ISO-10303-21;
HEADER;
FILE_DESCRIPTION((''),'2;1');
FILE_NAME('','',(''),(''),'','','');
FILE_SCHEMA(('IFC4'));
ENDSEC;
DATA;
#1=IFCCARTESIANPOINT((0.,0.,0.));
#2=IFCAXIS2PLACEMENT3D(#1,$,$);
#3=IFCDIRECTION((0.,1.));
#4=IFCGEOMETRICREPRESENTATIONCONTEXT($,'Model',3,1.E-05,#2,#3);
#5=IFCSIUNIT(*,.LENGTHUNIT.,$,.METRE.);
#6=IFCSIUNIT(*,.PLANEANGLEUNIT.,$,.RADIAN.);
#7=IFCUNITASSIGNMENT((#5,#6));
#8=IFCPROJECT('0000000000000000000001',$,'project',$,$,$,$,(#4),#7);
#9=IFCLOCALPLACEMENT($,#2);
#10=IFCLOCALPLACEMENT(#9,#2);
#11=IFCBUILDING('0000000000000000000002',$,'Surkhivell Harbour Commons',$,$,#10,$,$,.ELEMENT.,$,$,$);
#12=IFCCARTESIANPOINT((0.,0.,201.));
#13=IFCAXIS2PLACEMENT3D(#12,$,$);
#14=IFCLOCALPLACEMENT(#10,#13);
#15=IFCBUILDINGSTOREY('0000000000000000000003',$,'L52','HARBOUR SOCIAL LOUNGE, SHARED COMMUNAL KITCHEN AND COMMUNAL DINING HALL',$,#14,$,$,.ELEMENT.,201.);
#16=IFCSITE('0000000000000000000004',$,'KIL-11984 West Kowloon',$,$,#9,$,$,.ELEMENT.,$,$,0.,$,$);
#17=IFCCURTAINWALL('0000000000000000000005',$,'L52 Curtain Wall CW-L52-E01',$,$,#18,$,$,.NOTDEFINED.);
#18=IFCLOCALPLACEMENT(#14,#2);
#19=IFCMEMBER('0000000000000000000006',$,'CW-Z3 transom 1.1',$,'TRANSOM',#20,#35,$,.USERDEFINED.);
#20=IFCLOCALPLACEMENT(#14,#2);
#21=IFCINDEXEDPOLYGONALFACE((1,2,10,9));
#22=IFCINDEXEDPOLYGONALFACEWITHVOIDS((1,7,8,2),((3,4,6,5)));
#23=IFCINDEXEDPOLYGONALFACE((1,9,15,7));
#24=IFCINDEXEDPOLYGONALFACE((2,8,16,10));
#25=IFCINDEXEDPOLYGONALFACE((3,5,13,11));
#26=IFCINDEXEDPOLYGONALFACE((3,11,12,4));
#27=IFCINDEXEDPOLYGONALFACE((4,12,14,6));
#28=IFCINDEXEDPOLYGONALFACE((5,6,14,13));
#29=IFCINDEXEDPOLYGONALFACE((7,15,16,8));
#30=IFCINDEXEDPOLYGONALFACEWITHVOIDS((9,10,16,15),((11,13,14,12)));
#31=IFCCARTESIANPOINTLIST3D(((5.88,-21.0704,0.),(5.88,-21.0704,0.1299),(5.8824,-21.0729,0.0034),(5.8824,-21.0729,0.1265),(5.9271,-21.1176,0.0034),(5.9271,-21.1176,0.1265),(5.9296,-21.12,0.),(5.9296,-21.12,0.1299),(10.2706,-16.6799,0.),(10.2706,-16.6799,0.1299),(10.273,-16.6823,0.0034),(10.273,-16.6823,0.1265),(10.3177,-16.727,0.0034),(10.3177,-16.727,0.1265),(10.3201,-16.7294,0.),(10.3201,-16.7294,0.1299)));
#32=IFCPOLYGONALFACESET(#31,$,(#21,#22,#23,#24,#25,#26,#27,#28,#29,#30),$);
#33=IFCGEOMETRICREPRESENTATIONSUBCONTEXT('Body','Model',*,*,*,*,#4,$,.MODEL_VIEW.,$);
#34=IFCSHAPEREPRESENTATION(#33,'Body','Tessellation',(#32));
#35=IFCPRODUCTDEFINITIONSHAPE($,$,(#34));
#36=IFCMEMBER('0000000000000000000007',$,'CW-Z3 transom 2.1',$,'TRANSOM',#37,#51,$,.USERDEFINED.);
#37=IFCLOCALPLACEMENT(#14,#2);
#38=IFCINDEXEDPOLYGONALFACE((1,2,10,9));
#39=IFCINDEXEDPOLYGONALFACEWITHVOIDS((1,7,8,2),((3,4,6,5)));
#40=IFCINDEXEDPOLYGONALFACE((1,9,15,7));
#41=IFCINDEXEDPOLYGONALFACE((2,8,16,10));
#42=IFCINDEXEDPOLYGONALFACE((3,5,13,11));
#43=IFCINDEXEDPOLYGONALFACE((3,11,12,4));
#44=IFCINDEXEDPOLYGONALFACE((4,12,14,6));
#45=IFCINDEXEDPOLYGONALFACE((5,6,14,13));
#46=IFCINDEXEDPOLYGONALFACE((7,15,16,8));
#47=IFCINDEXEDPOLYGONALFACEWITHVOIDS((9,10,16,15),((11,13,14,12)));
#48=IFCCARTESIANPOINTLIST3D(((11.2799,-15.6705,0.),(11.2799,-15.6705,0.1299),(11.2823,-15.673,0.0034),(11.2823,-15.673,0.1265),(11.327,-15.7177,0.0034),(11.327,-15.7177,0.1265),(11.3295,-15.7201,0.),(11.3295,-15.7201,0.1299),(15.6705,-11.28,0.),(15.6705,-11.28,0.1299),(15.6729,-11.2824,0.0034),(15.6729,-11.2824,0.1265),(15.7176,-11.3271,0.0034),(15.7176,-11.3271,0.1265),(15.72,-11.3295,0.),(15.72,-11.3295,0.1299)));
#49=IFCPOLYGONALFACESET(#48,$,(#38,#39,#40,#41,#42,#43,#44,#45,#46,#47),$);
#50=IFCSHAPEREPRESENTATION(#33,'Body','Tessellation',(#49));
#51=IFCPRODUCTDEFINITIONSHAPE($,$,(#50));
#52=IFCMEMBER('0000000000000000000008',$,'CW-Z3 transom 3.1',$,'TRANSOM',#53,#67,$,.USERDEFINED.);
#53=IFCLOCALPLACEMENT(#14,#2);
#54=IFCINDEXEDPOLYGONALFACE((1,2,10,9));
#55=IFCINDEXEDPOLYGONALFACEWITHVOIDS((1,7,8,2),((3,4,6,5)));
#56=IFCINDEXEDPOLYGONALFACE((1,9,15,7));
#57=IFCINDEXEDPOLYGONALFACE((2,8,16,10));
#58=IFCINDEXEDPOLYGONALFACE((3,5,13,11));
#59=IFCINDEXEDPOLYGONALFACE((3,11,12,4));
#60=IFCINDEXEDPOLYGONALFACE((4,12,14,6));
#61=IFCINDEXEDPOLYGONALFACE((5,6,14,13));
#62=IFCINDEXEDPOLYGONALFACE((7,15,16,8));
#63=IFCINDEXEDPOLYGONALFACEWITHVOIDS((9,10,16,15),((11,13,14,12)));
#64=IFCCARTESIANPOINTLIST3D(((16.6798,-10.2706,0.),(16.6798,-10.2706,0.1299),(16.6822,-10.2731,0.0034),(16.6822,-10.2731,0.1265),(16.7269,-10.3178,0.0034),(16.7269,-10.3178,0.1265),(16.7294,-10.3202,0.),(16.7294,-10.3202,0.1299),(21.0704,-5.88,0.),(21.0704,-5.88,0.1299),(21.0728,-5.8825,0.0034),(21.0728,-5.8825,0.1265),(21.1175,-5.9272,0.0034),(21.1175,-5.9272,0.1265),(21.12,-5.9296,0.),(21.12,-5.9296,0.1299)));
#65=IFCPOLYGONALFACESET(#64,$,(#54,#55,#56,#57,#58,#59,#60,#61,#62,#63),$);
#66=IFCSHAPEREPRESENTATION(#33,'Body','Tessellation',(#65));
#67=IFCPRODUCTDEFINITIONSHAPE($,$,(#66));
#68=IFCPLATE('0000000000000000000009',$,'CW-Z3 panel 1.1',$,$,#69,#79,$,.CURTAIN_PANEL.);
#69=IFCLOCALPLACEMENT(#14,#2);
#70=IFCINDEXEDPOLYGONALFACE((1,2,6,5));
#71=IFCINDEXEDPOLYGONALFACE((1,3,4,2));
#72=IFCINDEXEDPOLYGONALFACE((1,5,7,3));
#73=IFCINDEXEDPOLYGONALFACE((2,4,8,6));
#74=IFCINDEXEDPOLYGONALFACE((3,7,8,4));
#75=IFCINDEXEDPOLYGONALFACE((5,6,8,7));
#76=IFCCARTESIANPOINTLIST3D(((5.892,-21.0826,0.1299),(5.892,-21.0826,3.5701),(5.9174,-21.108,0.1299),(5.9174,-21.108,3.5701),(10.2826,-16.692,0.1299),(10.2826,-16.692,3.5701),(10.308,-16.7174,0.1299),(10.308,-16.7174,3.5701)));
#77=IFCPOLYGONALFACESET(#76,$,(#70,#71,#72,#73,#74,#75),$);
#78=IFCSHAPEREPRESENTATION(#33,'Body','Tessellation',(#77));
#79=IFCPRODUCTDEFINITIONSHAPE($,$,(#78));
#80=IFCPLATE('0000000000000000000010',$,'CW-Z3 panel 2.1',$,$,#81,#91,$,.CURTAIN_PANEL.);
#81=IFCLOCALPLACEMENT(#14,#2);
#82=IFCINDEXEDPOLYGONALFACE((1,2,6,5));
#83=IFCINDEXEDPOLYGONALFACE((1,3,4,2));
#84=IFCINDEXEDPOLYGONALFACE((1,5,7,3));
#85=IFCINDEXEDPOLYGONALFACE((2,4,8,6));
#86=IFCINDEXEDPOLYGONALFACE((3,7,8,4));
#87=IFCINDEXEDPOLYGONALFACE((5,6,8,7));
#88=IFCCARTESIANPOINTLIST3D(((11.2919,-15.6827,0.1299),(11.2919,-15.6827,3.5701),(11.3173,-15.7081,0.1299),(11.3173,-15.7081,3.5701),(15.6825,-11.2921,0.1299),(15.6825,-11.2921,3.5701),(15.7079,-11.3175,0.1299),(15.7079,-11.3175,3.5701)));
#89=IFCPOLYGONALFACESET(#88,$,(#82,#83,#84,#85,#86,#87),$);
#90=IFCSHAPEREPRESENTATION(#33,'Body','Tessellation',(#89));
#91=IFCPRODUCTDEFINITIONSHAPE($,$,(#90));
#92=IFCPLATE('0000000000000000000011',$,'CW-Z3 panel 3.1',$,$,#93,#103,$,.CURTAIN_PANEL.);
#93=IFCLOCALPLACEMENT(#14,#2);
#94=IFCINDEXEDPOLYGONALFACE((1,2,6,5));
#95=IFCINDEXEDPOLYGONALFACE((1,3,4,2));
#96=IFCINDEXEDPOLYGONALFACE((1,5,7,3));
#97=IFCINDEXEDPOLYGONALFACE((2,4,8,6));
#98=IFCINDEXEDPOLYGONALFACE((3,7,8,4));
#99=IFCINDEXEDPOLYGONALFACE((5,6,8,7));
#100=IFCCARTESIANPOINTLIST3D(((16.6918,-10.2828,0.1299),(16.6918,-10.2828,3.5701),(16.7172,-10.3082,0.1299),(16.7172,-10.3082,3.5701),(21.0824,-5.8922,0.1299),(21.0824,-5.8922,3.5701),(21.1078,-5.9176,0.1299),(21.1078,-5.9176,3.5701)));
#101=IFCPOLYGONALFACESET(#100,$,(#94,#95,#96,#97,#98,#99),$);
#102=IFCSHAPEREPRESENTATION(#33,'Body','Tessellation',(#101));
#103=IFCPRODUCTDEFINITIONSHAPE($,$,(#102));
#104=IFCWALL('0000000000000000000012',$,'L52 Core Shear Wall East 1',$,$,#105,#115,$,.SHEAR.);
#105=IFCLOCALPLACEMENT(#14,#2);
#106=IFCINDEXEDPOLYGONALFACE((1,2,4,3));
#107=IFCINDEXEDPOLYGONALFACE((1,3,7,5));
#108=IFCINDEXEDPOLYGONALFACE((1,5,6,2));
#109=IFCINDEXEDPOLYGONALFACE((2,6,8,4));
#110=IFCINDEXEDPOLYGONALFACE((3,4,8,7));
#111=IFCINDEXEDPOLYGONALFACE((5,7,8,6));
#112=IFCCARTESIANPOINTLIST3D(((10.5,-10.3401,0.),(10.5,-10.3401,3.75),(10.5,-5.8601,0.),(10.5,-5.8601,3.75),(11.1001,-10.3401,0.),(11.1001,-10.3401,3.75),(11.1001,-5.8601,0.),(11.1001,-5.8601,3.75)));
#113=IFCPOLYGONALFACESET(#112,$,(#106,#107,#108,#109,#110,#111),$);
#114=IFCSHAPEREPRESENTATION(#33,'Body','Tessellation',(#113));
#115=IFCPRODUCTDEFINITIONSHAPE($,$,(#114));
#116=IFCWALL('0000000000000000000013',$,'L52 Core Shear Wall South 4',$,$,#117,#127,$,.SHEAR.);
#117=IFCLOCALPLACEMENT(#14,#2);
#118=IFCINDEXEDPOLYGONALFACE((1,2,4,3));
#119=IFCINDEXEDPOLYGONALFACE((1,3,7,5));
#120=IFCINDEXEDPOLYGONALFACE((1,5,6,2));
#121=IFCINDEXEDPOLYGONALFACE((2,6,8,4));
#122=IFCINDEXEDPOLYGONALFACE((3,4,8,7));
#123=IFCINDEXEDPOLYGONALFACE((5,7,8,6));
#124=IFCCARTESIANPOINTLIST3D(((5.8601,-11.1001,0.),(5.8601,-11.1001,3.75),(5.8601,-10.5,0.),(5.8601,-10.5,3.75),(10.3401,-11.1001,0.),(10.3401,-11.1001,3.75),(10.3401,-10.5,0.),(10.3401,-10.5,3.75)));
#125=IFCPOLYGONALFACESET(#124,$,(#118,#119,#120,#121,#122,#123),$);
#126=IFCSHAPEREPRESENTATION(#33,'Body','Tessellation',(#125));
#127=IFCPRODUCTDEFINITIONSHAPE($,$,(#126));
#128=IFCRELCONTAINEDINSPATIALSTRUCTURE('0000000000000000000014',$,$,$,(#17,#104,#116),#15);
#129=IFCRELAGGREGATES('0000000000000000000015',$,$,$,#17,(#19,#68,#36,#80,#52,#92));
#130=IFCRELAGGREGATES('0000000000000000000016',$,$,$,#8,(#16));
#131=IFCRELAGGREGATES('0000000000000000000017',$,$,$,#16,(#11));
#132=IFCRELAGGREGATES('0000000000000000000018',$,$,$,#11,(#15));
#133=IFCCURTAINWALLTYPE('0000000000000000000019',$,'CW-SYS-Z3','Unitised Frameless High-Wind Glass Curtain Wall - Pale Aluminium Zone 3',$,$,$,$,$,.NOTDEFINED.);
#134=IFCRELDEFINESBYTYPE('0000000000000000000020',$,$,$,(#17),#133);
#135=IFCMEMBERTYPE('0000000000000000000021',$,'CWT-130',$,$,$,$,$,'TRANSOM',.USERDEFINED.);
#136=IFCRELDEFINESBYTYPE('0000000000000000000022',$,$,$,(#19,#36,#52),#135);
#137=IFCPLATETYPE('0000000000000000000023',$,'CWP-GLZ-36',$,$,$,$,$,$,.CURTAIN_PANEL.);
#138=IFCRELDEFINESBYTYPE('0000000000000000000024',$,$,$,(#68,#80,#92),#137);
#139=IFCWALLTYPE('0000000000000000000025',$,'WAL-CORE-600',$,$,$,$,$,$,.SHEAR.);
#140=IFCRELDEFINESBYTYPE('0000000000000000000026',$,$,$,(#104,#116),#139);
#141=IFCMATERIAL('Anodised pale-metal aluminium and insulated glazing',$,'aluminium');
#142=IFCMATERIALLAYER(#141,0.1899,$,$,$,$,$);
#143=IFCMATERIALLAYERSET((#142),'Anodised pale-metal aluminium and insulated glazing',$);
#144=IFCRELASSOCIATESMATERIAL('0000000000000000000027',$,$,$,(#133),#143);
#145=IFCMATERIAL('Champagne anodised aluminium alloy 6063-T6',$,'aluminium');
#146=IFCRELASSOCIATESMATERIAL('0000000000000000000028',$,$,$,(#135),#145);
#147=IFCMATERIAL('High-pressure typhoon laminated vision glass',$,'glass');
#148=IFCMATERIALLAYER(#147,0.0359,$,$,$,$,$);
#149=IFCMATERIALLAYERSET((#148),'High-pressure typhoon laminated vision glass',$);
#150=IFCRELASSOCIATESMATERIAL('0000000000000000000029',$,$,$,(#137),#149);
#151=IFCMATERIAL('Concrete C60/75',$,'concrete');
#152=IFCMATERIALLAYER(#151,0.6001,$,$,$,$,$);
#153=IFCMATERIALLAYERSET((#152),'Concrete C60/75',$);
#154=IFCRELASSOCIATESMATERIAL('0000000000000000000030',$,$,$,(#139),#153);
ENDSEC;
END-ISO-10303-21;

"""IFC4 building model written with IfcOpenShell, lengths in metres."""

from ifc_helpers import new_model, si_unit, direction, frame, frame_2d, origin, origin_2d, place, context, subcontext, project, spatial, rectangle, hollow_rectangle, extrude, material, layer, layer_set, material_profile, profile_set, type_object, element, aggregate, save


model = new_model("IFC4")

# Units and contexts
model_context = context("Model", 3, precision=1e-05, world=origin(), true_north=direction((0.0, 1.0)))
body_context = subcontext(model_context, "Body", "Model", "MODEL_VIEW")
ifc_project = project(units=[si_unit("LENGTHUNIT", "METRE"), si_unit("PLANEANGLEUNIT", "RADIAN")], contexts=[model_context])

# Site, building, storey
site_placement = place(None, origin())
site = spatial("IfcSite", under=ifc_project, at=site_placement, Name="KIL-11984 West Kowloon", CompositionType="ELEMENT", RefElevation=0.0)
building_placement = place(site_placement, origin())
building = spatial("IfcBuilding", under=site, at=building_placement, Name="Surkhivell Harbour Commons", CompositionType="ELEMENT")
storey_placement = place(building_placement, frame((0.0, 0.0, 201.0)))
storey = spatial("IfcBuildingStorey", under=building, at=storey_placement, Name="L52", Description="HARBOUR SOCIAL LOUNGE, SHARED COMMUNAL KITCHEN AND COMMUNAL DINING HALL", CompositionType="ELEMENT", Elevation=201.0)

# Shared definitions
ifc_material_1 = material(Name="Concrete C60/75", Category="concrete")

# Curtain wall, members, plates
ifc_material_2 = material(Name="Anodised pale-metal aluminium and insulated glazing", Category="aluminium")
ifc_layer_1 = layer(ifc_material_2, 0.1899)
ifc_layer_set_1 = layer_set([ifc_layer_1], Name="Anodised pale-metal aluminium and insulated glazing")
curtain_wall_type = type_object("IfcCurtainWallType", Name="CW-SYS-Z3", Description="Unitised Frameless High-Wind Glass Curtain Wall - Pale Aluminium Zone 3", PredefinedType="NOTDEFINED", material=ifc_layer_set_1)
curtain_wall_placement = place(storey_placement, origin())
curtain_wall = element("IfcCurtainWall", 1, at=curtain_wall_placement, inside=storey, type_object=curtain_wall_type, Name="L52 Curtain Wall CW-L52-E01", PredefinedType="NOTDEFINED")
ifc_material_3 = material(Name="Champagne anodised aluminium alloy 6063-T6", Category="aluminium")
ifc_material_profile_1 = material_profile(ifc_material_3, hollow_rectangle(XDim=0.0701, YDim=0.1299, WallThickness=0.0034, at=origin_2d()), Name="ALU-TRAN-70x130")
ifc_profile_set_1 = profile_set([ifc_material_profile_1], Name="Champagne anodised aluminium alloy 6063-T6")
member_type_1 = type_object("IfcMemberType", Name="CWT-130", ElementType="TRANSOM", PredefinedType="USERDEFINED", material=ifc_profile_set_1)
member_1_placement = place(storey_placement, frame((5.9048, -21.0952, 0.0649), z_axis=(0.707107, 0.707107, 0.0), x_axis=(-0.707107, 0.707107, 0.0)))
member_1 = element("IfcMember", 2, at=member_1_placement, type_object=member_type_1, Name="CW-Z3 transom 1.1", ObjectType="TRANSOM", PredefinedType="USERDEFINED", context=body_context, shape_type="SweptSolid", body=[
    extrude(hollow_rectangle(XDim=0.0701, YDim=0.1299, WallThickness=0.0034, at=origin_2d()), origin(), (0.0, 0.0, 1.0), 6.2092),
])
member_2_placement = place(storey_placement, frame((11.3047, -15.6953, 0.0649), z_axis=(0.707107, 0.707107, 0.0), x_axis=(-0.707107, 0.707107, 0.0)))
member_2 = element("IfcMember", 3, at=member_2_placement, type_object=member_type_1, Name="CW-Z3 transom 2.1", ObjectType="TRANSOM", PredefinedType="USERDEFINED", context=body_context, shape_type="SweptSolid", body=[
    extrude(hollow_rectangle(XDim=0.0701, YDim=0.1299, WallThickness=0.0034, at=origin_2d()), origin(), (0.0, 0.0, 1.0), 6.2092),
])
member_3_placement = place(storey_placement, frame((16.7046, -10.2954, 0.0649), z_axis=(0.707107, 0.707107, 0.0), x_axis=(-0.707107, 0.707107, 0.0)))
member_3 = element("IfcMember", 4, at=member_3_placement, type_object=member_type_1, Name="CW-Z3 transom 3.1", ObjectType="TRANSOM", PredefinedType="USERDEFINED", context=body_context, shape_type="SweptSolid", body=[
    extrude(hollow_rectangle(XDim=0.0701, YDim=0.1299, WallThickness=0.0034, at=origin_2d()), origin(), (0.0, 0.0, 1.0), 6.2092),
])
ifc_material_4 = material(Name="High-pressure typhoon laminated vision glass", Category="glass")
ifc_layer_2 = layer(ifc_material_4, 0.0359)
ifc_layer_set_2 = layer_set([ifc_layer_2], Name="High-pressure typhoon laminated vision glass")
plate_type = type_object("IfcPlateType", Name="CWP-GLZ-36", PredefinedType="CURTAIN_PANEL", material=ifc_layer_set_2)
plate_1_placement = place(storey_placement, frame((5.9048, -21.0952, 0.1299), z_axis=(0.0, 0.0, 1.0), x_axis=(0.707107, 0.707107, 0.0)))
plate_1 = element("IfcPlate", 5, at=plate_1_placement, type_object=plate_type, Name="CW-Z3 panel 1.1", PredefinedType="CURTAIN_PANEL", context=body_context, shape_type="SweptSolid", body=[
    extrude(rectangle(XDim=6.2092, YDim=0.0359, at=frame_2d((3.1045, 0.0))), origin(), (0.0, 0.0, 1.0), 3.4402),
])
plate_2_placement = place(storey_placement, frame((11.3047, -15.6953, 0.1299), z_axis=(0.0, 0.0, 1.0), x_axis=(0.707107, 0.707107, 0.0)))
plate_2 = element("IfcPlate", 6, at=plate_2_placement, type_object=plate_type, Name="CW-Z3 panel 2.1", PredefinedType="CURTAIN_PANEL", context=body_context, shape_type="SweptSolid", body=[
    extrude(rectangle(XDim=6.2092, YDim=0.0359, at=frame_2d((3.1045, 0.0))), origin(), (0.0, 0.0, 1.0), 3.4402),
])
plate_3_placement = place(storey_placement, frame((16.7046, -10.2954, 0.1299), z_axis=(0.0, 0.0, 1.0), x_axis=(0.707107, 0.707107, 0.0)))
plate_3 = element("IfcPlate", 7, at=plate_3_placement, type_object=plate_type, Name="CW-Z3 panel 3.1", PredefinedType="CURTAIN_PANEL", context=body_context, shape_type="SweptSolid", body=[
    extrude(rectangle(XDim=6.2092, YDim=0.0359, at=frame_2d((3.1045, 0.0))), origin(), (0.0, 0.0, 1.0), 3.4402),
])
aggregate(curtain_wall, [member_1, plate_1, member_2, plate_2, member_3, plate_3])

# Walls
ifc_layer_3 = layer(ifc_material_1, 0.6001)
ifc_layer_set_3 = layer_set([ifc_layer_3], Name="Concrete C60/75")
wall_type_1 = type_object("IfcWallType", Name="WAL-CORE-600", PredefinedType="SHEAR", material=ifc_layer_set_3)
for number, where, z_axis, x_axis, name in (
    (8, (10.8, -10.3401, 0.0), (0.0, 0.0, 1.0), (0.0, 1.0, 0.0), "L52 Core Shear Wall East 1"),
    (9, (5.8601, -10.8, 0.0), (0.0, 0.0, 1.0), (1.0, 0.0, 0.0), "L52 Core Shear Wall South 4"),
):
    element("IfcWall", number, at=place(storey_placement, frame(where, z_axis=z_axis, x_axis=x_axis)), inside=storey, type_object=wall_type_1, Name=name, PredefinedType="SHEAR", context=body_context, shape_type="SweptSolid", body=[
        extrude(rectangle(XDim=4.48, YDim=0.6001, at=frame_2d((2.24, 0.0))), origin(), (0.0, 0.0, 1.0), 3.75),
    ])

save(model, "model.ifc")
